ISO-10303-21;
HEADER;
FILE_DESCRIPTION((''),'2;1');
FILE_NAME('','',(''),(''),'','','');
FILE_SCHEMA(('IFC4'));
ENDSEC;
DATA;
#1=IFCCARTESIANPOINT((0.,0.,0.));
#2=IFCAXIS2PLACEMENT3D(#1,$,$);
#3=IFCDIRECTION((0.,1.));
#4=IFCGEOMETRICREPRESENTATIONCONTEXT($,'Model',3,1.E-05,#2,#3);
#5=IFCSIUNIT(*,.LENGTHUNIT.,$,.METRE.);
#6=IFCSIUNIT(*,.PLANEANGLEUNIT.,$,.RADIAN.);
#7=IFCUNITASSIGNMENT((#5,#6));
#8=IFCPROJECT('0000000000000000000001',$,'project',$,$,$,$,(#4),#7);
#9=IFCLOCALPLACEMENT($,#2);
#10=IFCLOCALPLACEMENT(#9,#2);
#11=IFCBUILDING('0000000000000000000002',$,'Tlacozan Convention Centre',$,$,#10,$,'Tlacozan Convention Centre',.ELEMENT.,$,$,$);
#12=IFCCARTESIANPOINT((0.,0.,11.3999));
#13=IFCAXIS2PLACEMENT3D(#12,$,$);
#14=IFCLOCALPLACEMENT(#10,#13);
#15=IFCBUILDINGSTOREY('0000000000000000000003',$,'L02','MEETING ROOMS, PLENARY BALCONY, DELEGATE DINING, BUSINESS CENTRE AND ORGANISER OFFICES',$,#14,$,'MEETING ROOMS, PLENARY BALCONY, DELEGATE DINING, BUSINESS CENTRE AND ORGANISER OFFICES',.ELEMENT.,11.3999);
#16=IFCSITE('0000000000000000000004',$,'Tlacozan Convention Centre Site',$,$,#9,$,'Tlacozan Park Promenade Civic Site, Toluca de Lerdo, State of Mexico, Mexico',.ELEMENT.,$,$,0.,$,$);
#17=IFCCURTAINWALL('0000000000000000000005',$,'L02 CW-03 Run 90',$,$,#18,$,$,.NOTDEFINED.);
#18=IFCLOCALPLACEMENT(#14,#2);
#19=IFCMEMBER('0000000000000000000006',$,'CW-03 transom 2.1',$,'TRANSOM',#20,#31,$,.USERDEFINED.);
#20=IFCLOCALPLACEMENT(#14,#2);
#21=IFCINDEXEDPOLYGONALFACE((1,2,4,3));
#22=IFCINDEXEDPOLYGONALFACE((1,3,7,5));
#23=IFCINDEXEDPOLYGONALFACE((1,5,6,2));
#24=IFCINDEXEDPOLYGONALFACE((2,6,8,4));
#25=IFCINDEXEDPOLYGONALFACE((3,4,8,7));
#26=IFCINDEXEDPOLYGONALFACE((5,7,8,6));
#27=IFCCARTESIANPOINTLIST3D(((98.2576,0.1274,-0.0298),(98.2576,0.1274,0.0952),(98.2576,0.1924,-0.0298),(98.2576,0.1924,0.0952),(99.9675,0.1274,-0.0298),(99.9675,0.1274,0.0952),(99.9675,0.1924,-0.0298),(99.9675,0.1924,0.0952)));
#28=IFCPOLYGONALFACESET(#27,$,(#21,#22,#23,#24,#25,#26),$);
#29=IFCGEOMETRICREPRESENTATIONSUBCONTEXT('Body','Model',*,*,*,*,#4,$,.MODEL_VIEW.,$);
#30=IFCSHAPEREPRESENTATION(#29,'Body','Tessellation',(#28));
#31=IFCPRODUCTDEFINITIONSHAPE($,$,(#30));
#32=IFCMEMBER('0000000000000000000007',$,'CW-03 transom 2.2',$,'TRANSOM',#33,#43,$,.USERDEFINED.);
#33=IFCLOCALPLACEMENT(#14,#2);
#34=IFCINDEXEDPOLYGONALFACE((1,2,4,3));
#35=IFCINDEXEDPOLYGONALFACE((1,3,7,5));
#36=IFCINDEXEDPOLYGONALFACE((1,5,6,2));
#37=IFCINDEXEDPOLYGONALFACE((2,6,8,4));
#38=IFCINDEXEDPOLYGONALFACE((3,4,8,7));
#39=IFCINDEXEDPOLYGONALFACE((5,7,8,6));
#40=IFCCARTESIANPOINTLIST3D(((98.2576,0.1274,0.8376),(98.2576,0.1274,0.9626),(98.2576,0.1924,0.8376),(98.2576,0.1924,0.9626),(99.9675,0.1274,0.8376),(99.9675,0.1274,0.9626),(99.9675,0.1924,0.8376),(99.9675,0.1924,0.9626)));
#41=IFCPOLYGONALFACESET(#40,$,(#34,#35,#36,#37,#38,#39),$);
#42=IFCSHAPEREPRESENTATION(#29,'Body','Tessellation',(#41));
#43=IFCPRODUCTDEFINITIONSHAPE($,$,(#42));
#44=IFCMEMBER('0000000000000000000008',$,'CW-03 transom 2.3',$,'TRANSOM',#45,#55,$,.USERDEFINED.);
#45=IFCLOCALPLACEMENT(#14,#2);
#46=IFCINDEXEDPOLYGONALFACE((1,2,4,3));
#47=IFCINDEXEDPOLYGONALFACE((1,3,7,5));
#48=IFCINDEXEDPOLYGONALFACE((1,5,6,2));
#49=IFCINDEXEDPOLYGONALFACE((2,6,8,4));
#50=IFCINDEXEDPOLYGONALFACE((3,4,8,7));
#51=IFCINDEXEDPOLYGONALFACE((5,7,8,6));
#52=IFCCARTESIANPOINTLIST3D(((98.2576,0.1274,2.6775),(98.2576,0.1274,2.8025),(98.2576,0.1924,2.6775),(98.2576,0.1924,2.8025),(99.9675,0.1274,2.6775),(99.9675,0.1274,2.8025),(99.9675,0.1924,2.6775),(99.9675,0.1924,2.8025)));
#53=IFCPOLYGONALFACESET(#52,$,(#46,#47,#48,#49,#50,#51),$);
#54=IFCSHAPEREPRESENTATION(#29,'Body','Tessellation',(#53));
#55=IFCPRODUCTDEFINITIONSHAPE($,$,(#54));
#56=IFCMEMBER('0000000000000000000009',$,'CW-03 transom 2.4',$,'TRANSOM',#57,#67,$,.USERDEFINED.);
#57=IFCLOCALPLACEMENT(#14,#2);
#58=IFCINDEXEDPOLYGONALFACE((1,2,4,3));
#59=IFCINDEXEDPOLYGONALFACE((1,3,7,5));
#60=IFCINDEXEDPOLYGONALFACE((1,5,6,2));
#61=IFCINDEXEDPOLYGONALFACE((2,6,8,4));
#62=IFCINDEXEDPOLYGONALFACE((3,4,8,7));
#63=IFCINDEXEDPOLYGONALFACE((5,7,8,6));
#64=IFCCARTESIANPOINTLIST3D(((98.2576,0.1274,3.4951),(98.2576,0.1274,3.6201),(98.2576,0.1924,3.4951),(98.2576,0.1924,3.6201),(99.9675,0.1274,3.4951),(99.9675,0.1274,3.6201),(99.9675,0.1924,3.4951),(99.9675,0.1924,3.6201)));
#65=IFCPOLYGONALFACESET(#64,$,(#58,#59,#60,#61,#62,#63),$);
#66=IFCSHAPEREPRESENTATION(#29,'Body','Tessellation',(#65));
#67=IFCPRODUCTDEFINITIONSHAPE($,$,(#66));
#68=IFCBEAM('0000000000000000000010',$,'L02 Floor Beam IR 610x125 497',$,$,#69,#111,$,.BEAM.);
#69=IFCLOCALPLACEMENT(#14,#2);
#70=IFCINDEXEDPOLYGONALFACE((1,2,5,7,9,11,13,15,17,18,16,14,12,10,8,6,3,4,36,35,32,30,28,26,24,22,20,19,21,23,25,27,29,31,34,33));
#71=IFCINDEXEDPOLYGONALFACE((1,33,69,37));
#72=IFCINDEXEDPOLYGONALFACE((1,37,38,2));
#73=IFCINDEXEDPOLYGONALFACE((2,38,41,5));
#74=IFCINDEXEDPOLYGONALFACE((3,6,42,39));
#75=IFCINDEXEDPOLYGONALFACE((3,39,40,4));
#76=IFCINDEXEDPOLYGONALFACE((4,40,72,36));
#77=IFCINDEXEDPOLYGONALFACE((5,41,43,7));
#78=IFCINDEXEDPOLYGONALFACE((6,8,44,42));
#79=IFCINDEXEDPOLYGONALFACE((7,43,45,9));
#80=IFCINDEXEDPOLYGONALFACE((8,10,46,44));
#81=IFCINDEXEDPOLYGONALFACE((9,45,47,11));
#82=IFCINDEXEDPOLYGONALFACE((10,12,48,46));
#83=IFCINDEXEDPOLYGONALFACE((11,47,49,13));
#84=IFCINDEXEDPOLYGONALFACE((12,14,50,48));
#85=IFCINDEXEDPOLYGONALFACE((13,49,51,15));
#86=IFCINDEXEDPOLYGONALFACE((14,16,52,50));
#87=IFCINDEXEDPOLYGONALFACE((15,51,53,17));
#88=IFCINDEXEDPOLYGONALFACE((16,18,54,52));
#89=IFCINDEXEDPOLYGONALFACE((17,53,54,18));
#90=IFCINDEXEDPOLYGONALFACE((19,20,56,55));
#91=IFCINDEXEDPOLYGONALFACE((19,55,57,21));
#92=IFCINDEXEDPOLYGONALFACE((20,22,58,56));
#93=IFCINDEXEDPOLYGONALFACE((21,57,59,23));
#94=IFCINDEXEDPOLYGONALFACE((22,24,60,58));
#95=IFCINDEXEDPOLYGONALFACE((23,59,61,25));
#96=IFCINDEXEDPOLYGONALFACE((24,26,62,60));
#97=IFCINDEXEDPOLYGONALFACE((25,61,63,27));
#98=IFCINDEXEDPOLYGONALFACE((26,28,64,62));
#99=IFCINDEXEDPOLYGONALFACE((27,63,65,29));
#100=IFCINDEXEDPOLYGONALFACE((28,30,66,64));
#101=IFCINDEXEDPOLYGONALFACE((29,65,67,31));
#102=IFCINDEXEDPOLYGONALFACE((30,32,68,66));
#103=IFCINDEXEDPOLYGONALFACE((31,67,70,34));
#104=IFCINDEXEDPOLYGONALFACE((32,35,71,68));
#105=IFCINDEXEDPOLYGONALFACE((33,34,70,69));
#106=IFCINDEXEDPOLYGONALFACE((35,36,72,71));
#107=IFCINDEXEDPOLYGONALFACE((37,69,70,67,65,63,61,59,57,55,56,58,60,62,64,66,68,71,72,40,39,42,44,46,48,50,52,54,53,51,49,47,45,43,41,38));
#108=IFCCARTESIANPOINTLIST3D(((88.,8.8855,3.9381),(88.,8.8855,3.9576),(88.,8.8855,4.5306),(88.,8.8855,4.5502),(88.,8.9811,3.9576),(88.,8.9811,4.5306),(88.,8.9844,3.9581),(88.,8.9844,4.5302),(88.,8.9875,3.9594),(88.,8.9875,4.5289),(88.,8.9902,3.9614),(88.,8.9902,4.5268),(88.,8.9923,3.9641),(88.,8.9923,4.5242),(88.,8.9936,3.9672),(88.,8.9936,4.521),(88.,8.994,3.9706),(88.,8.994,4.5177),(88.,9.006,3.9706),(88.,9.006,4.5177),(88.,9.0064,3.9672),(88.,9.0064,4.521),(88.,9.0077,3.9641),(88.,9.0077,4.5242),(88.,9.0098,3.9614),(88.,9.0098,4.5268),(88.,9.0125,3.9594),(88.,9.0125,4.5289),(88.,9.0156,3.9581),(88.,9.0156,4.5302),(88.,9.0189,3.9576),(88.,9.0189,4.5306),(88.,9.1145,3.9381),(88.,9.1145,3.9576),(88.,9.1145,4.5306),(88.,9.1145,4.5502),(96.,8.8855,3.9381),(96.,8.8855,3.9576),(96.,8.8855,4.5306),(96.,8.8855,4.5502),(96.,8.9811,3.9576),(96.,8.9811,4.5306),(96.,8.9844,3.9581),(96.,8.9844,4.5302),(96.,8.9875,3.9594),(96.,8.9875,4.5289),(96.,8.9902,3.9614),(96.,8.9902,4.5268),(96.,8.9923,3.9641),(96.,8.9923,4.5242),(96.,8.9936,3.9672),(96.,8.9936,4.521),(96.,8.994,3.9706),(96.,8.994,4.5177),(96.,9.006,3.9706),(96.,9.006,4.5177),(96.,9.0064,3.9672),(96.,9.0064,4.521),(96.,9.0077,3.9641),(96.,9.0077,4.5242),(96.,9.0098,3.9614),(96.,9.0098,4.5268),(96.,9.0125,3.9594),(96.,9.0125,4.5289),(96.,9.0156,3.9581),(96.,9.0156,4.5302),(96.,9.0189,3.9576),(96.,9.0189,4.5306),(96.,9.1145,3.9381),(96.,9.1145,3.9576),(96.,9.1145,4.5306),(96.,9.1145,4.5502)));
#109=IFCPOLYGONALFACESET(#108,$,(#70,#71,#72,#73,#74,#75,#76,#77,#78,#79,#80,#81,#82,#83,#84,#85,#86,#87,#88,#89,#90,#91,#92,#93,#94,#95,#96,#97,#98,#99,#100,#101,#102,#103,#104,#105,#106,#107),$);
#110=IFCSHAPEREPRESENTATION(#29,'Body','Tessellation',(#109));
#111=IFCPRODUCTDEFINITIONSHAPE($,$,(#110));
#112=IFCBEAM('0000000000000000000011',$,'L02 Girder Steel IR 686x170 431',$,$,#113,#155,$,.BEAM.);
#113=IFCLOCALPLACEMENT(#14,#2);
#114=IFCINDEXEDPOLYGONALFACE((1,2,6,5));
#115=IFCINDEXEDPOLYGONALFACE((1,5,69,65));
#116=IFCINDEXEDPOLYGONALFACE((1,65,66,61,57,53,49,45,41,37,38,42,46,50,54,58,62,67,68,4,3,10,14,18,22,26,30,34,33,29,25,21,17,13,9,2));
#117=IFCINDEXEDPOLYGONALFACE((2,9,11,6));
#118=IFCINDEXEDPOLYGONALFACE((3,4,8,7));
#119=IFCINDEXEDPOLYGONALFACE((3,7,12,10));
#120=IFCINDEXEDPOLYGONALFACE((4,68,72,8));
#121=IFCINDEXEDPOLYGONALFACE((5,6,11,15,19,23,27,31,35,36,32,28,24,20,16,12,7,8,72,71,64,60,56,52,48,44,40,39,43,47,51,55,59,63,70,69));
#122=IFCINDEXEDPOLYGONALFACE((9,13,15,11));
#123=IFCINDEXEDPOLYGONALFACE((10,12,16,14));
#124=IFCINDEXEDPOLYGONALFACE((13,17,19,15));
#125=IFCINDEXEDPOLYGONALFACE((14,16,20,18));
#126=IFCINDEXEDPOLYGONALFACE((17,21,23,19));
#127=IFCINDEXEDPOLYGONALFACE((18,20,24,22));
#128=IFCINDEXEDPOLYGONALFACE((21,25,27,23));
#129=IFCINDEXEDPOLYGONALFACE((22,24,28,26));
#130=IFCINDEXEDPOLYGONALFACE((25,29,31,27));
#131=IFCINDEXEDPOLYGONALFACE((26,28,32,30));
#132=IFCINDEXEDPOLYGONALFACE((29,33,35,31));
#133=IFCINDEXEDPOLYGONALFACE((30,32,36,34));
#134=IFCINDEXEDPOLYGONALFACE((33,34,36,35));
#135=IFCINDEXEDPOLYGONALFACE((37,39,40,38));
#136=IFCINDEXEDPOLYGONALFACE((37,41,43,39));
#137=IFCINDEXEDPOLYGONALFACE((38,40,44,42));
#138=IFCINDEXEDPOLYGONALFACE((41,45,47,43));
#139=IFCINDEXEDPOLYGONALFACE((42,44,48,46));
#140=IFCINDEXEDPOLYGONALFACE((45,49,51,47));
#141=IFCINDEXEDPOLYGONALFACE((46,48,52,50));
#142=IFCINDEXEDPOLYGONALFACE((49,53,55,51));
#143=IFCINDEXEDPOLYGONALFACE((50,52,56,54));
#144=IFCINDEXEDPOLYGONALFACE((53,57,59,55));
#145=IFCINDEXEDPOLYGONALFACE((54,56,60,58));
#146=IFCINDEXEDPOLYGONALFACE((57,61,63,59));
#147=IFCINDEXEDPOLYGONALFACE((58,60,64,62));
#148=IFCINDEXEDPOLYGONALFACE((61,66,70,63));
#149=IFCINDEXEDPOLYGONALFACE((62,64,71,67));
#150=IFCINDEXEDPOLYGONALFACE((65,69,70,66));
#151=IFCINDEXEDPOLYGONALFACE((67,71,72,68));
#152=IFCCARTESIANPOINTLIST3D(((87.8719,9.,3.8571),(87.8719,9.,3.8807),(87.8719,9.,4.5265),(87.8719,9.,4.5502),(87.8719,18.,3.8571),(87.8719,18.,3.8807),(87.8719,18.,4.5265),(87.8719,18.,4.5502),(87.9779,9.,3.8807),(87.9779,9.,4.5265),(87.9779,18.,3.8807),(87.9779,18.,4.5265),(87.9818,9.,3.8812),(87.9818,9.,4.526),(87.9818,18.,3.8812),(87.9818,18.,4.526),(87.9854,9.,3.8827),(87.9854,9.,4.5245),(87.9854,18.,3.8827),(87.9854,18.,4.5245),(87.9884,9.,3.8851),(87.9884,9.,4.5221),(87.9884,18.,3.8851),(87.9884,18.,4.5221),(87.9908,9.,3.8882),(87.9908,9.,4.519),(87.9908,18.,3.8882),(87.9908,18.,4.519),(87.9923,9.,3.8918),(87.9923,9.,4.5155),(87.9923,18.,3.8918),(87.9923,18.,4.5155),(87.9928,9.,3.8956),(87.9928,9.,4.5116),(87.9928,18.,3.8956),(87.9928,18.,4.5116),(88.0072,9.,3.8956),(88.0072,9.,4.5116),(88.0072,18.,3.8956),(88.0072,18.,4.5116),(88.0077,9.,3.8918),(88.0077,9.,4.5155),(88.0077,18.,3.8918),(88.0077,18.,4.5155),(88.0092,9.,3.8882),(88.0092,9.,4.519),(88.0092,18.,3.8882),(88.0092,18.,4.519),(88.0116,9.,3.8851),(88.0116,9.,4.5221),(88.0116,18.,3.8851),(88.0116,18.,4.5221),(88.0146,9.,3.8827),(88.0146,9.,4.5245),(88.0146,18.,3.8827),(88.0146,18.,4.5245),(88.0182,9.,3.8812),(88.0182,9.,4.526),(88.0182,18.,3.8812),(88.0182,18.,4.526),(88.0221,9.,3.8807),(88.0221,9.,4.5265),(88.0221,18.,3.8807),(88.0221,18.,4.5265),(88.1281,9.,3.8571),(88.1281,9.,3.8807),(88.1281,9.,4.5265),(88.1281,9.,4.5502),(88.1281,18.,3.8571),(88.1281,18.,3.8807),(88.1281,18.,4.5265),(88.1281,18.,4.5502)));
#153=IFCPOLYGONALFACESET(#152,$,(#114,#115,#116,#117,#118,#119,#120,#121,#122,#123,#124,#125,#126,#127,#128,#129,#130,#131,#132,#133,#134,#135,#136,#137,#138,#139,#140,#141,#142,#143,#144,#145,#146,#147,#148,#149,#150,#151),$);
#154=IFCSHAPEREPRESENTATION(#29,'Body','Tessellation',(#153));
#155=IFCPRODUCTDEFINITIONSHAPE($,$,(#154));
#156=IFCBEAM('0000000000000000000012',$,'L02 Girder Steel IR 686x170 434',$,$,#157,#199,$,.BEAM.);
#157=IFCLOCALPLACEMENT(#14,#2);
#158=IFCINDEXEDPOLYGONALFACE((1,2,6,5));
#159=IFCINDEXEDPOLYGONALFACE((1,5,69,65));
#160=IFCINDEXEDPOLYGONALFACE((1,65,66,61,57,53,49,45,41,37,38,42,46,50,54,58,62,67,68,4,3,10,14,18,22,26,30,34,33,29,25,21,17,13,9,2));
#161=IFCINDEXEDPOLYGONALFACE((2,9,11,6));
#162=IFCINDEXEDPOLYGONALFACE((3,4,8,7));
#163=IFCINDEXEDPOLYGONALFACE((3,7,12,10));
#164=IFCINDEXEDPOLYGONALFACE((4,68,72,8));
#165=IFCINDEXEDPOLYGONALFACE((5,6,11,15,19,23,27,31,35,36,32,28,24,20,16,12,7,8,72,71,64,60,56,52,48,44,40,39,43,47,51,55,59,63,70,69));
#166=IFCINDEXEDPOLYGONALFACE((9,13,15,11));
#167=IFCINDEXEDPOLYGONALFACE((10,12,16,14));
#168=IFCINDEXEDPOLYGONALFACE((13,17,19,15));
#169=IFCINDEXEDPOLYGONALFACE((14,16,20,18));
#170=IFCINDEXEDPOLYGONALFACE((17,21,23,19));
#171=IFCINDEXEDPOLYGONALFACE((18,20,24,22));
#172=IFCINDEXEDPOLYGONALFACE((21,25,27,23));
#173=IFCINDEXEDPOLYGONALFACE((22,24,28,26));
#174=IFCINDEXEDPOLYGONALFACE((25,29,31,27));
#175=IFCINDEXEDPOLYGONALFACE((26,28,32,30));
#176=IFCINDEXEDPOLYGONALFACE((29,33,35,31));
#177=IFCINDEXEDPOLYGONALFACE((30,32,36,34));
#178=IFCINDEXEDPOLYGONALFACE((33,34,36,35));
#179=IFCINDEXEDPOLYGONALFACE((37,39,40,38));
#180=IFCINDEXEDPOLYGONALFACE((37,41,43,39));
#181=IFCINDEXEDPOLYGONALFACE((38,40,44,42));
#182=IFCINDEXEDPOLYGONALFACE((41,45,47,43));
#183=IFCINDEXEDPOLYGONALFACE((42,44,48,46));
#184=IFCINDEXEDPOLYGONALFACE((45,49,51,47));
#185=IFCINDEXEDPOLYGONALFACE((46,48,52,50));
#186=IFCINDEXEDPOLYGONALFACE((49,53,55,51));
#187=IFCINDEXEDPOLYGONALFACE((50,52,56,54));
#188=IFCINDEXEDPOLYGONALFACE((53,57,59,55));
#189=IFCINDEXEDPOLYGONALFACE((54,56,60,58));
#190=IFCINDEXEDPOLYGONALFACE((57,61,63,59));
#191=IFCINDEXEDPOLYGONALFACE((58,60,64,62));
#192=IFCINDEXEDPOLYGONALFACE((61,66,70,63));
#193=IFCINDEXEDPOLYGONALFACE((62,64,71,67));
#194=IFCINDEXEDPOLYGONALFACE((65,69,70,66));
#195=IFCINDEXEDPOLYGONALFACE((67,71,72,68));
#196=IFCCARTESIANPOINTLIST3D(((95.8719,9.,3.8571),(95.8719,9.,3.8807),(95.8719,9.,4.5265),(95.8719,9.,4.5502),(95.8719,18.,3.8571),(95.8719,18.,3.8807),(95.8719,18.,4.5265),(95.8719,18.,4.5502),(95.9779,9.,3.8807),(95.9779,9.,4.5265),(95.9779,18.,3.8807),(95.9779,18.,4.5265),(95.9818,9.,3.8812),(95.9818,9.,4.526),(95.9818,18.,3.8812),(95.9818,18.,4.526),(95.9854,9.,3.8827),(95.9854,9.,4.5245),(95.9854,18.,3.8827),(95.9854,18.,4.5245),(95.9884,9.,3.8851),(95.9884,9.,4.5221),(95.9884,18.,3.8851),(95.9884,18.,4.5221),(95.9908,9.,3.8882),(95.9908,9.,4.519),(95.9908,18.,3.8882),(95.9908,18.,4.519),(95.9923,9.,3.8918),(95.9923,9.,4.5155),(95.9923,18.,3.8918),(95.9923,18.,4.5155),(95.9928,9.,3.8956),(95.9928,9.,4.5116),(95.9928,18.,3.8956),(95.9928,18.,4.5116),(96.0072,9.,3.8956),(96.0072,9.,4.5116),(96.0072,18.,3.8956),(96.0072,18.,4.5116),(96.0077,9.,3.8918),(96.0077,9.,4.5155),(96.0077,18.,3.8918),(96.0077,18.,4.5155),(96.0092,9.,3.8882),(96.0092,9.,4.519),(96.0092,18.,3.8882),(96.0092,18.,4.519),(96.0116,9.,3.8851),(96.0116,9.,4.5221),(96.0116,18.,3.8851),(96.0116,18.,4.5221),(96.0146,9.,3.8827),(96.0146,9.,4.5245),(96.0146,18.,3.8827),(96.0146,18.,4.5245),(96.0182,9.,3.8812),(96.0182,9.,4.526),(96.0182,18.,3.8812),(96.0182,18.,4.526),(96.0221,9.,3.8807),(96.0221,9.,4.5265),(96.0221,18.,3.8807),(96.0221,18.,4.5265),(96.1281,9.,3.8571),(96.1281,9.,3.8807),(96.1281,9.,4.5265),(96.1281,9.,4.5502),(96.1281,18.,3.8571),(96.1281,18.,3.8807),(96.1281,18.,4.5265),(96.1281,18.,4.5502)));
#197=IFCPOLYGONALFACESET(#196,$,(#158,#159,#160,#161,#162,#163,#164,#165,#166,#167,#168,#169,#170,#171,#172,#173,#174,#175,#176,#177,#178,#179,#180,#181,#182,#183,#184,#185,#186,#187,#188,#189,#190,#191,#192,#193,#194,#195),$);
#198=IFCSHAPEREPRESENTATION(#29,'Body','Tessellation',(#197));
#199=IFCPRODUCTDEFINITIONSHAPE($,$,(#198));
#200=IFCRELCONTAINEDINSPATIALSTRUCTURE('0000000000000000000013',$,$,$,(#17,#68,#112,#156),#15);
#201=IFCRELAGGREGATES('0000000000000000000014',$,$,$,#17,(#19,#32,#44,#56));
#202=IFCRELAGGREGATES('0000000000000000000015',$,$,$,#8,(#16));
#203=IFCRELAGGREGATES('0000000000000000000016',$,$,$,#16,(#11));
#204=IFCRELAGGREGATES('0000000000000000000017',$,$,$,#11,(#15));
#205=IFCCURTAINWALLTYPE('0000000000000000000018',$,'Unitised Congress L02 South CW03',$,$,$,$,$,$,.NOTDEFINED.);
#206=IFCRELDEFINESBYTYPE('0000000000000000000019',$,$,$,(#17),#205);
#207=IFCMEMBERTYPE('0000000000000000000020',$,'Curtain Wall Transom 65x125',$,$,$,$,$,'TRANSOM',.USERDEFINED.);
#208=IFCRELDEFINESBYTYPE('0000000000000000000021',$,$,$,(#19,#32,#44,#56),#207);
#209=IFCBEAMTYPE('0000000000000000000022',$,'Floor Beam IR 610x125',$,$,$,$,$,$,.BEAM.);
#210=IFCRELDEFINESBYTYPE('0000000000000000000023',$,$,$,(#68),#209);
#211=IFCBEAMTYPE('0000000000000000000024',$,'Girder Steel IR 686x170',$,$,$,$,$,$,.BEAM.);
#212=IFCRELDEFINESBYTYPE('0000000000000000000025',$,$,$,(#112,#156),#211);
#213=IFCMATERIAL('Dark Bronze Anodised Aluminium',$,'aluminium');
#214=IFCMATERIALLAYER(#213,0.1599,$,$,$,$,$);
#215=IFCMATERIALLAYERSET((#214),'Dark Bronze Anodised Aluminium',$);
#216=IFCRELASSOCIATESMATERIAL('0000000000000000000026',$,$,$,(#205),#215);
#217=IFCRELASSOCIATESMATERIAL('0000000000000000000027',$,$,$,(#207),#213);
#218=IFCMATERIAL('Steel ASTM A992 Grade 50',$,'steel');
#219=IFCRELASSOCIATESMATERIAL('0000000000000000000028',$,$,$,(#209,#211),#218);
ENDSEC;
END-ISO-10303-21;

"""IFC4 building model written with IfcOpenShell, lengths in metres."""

from ifc_helpers import new_model, si_unit, direction, frame, origin, origin_2d, place, context, subcontext, project, spatial, rectangle, i_section, extrude, material, layer, layer_set, material_profile, profile_set, type_object, element, aggregate, save


model = new_model("IFC4")

# Units and contexts
model_context = context("Model", 3, precision=1e-05, world=origin(), true_north=direction((0.0, 1.0)))
body_context = subcontext(model_context, "Body", "Model", "MODEL_VIEW")
ifc_project = project(units=[si_unit("LENGTHUNIT", "METRE"), si_unit("PLANEANGLEUNIT", "RADIAN")], contexts=[model_context])

# Site, building, storey
site_placement = place(None, origin())
site = spatial("IfcSite", under=ifc_project, at=site_placement, Name="Tlacozan Convention Centre Site", LongName="Tlacozan Park Promenade Civic Site, Toluca de Lerdo, State of Mexico, Mexico", CompositionType="ELEMENT", RefElevation=0.0)
building_placement = place(site_placement, origin())
building = spatial("IfcBuilding", under=site, at=building_placement, Name="Tlacozan Convention Centre", LongName="Tlacozan Convention Centre", CompositionType="ELEMENT")
storey_placement = place(building_placement, frame((0.0, 0.0, 11.3999)))
storey = spatial("IfcBuildingStorey", under=building, at=storey_placement, Name="L02", Description="MEETING ROOMS, PLENARY BALCONY, DELEGATE DINING, BUSINESS CENTRE AND ORGANISER OFFICES", LongName="MEETING ROOMS, PLENARY BALCONY, DELEGATE DINING, BUSINESS CENTRE AND ORGANISER OFFICES", CompositionType="ELEMENT", Elevation=11.3999)

# Shared definitions
ifc_material_1 = material(Name="Dark Bronze Anodised Aluminium", Category="aluminium")
ifc_layer_1 = layer(ifc_material_1, 0.1599)
ifc_layer_set_1 = layer_set([ifc_layer_1], Name="Dark Bronze Anodised Aluminium")
curtain_wall_type = type_object("IfcCurtainWallType", Name="Unitised Congress L02 South CW03", PredefinedType="NOTDEFINED", material=ifc_layer_set_1)

# Curtain wall
curtain_wall_1_placement = place(storey_placement, origin())
curtain_wall_1 = element("IfcCurtainWall", 1, at=curtain_wall_1_placement, inside=storey, type_object=curtain_wall_type, Name="L02 CW-03 Run 90", PredefinedType="NOTDEFINED")

# Members
ifc_material_profile_1 = material_profile(ifc_material_1, rectangle(XDim=0.0649, YDim=0.125, at=origin_2d()), Name="ALU 65x125")
ifc_profile_set_1 = profile_set([ifc_material_profile_1], Name="Dark Bronze Anodised Aluminium")
member_type_1 = type_object("IfcMemberType", Name="Curtain Wall Transom 65x125", ElementType="TRANSOM", PredefinedType="USERDEFINED", material=ifc_profile_set_1)
member_1_placement = place(storey_placement, frame((98.2576, 0.1599, 0.0327), z_axis=(1.0, 0.0, 0.0), x_axis=(0.0, 1.0, 0.0)))
member_1 = element("IfcMember", 2, at=member_1_placement, type_object=member_type_1, Name="CW-03 transom 2.1", ObjectType="TRANSOM", PredefinedType="USERDEFINED", context=body_context, shape_type="SweptSolid", body=[
    extrude(rectangle(XDim=0.0649, YDim=0.125, at=origin_2d()), origin(), (0.0, 0.0, 1.0), 1.71),
])
member_2_placement = place(storey_placement, frame((98.2576, 0.1599, 0.9001), z_axis=(1.0, 0.0, 0.0), x_axis=(0.0, 1.0, 0.0)))
member_2 = element("IfcMember", 3, at=member_2_placement, type_object=member_type_1, Name="CW-03 transom 2.2", ObjectType="TRANSOM", PredefinedType="USERDEFINED", context=body_context, shape_type="SweptSolid", body=[
    extrude(rectangle(XDim=0.0649, YDim=0.125, at=origin_2d()), origin(), (0.0, 0.0, 1.0), 1.71),
])
member_3_placement = place(storey_placement, frame((98.2576, 0.1599, 2.74), z_axis=(1.0, 0.0, 0.0), x_axis=(0.0, 1.0, 0.0)))
member_3 = element("IfcMember", 4, at=member_3_placement, type_object=member_type_1, Name="CW-03 transom 2.3", ObjectType="TRANSOM", PredefinedType="USERDEFINED", context=body_context, shape_type="SweptSolid", body=[
    extrude(rectangle(XDim=0.0649, YDim=0.125, at=origin_2d()), origin(), (0.0, 0.0, 1.0), 1.71),
])
member_4_placement = place(storey_placement, frame((98.2576, 0.1599, 3.5576), z_axis=(1.0, 0.0, 0.0), x_axis=(0.0, 1.0, 0.0)))
member_4 = element("IfcMember", 5, at=member_4_placement, type_object=member_type_1, Name="CW-03 transom 2.4", ObjectType="TRANSOM", PredefinedType="USERDEFINED", context=body_context, shape_type="SweptSolid", body=[
    extrude(rectangle(XDim=0.0649, YDim=0.125, at=origin_2d()), origin(), (0.0, 0.0, 1.0), 1.71),
])

# Beams
ifc_material_2 = material(Name="Steel ASTM A992 Grade 50", Category="steel")
ifc_material_profile_2 = material_profile(ifc_material_2, i_section(OverallWidth=0.229, OverallDepth=0.6121, WebThickness=0.012, FlangeThickness=0.0195, FilletRadius=0.0129, at=origin_2d()), Name="IR 610x125.0")
ifc_profile_set_2 = profile_set([ifc_material_profile_2], Name="Steel ASTM A992 Grade 50")
beam_type_1 = type_object("IfcBeamType", Name="Floor Beam IR 610x125", PredefinedType="BEAM", material=ifc_profile_set_2)
beam_1_placement = place(storey_placement, frame((88.0, 9.0, 4.2441), z_axis=(1.0, 0.0, 0.0), x_axis=(0.0, 1.0, 0.0)))
element("IfcBeam", 6, at=beam_1_placement, inside=storey, type_object=beam_type_1, Name="L02 Floor Beam IR 610x125 497", PredefinedType="BEAM", context=body_context, shape_type="SweptSolid", body=[
    extrude(i_section(OverallWidth=0.229, OverallDepth=0.6121, WebThickness=0.012, FlangeThickness=0.0195, FilletRadius=0.0129, at=origin_2d()), origin(), (0.0, 0.0, 1.0), 8.0),
])
ifc_material_profile_3 = material_profile(ifc_material_2, i_section(OverallWidth=0.2561, OverallDepth=0.6931, WebThickness=0.0144, FlangeThickness=0.0237, FilletRadius=0.0149, at=origin_2d()), Name="IR 686x170.0")
ifc_profile_set_3 = profile_set([ifc_material_profile_3], Name="Steel ASTM A992 Grade 50")
beam_type_2 = type_object("IfcBeamType", Name="Girder Steel IR 686x170", PredefinedType="BEAM", material=ifc_profile_set_3)
for number, where, z_axis, x_axis, name in (
    (7, (88.0, 9.0, 4.2036), (0.0, 1.0, 0.0), (-1.0, 0.0, 0.0), "L02 Girder Steel IR 686x170 431"),
    (8, (96.0, 9.0, 4.2036), (0.0, 1.0, 0.0), (-1.0, 0.0, 0.0), "L02 Girder Steel IR 686x170 434"),
):
    element("IfcBeam", number, at=place(storey_placement, frame(where, z_axis=z_axis, x_axis=x_axis)), inside=storey, type_object=beam_type_2, Name=name, PredefinedType="BEAM", context=body_context, shape_type="SweptSolid", body=[
        extrude(i_section(OverallWidth=0.2561, OverallDepth=0.6931, WebThickness=0.0144, FlangeThickness=0.0237, FilletRadius=0.0149, at=origin_2d()), origin(), (0.0, 0.0, 1.0), 9.0),
    ])

aggregate(curtain_wall_1, [member_1, member_2, member_3, member_4])

save(model, "model.ifc")
